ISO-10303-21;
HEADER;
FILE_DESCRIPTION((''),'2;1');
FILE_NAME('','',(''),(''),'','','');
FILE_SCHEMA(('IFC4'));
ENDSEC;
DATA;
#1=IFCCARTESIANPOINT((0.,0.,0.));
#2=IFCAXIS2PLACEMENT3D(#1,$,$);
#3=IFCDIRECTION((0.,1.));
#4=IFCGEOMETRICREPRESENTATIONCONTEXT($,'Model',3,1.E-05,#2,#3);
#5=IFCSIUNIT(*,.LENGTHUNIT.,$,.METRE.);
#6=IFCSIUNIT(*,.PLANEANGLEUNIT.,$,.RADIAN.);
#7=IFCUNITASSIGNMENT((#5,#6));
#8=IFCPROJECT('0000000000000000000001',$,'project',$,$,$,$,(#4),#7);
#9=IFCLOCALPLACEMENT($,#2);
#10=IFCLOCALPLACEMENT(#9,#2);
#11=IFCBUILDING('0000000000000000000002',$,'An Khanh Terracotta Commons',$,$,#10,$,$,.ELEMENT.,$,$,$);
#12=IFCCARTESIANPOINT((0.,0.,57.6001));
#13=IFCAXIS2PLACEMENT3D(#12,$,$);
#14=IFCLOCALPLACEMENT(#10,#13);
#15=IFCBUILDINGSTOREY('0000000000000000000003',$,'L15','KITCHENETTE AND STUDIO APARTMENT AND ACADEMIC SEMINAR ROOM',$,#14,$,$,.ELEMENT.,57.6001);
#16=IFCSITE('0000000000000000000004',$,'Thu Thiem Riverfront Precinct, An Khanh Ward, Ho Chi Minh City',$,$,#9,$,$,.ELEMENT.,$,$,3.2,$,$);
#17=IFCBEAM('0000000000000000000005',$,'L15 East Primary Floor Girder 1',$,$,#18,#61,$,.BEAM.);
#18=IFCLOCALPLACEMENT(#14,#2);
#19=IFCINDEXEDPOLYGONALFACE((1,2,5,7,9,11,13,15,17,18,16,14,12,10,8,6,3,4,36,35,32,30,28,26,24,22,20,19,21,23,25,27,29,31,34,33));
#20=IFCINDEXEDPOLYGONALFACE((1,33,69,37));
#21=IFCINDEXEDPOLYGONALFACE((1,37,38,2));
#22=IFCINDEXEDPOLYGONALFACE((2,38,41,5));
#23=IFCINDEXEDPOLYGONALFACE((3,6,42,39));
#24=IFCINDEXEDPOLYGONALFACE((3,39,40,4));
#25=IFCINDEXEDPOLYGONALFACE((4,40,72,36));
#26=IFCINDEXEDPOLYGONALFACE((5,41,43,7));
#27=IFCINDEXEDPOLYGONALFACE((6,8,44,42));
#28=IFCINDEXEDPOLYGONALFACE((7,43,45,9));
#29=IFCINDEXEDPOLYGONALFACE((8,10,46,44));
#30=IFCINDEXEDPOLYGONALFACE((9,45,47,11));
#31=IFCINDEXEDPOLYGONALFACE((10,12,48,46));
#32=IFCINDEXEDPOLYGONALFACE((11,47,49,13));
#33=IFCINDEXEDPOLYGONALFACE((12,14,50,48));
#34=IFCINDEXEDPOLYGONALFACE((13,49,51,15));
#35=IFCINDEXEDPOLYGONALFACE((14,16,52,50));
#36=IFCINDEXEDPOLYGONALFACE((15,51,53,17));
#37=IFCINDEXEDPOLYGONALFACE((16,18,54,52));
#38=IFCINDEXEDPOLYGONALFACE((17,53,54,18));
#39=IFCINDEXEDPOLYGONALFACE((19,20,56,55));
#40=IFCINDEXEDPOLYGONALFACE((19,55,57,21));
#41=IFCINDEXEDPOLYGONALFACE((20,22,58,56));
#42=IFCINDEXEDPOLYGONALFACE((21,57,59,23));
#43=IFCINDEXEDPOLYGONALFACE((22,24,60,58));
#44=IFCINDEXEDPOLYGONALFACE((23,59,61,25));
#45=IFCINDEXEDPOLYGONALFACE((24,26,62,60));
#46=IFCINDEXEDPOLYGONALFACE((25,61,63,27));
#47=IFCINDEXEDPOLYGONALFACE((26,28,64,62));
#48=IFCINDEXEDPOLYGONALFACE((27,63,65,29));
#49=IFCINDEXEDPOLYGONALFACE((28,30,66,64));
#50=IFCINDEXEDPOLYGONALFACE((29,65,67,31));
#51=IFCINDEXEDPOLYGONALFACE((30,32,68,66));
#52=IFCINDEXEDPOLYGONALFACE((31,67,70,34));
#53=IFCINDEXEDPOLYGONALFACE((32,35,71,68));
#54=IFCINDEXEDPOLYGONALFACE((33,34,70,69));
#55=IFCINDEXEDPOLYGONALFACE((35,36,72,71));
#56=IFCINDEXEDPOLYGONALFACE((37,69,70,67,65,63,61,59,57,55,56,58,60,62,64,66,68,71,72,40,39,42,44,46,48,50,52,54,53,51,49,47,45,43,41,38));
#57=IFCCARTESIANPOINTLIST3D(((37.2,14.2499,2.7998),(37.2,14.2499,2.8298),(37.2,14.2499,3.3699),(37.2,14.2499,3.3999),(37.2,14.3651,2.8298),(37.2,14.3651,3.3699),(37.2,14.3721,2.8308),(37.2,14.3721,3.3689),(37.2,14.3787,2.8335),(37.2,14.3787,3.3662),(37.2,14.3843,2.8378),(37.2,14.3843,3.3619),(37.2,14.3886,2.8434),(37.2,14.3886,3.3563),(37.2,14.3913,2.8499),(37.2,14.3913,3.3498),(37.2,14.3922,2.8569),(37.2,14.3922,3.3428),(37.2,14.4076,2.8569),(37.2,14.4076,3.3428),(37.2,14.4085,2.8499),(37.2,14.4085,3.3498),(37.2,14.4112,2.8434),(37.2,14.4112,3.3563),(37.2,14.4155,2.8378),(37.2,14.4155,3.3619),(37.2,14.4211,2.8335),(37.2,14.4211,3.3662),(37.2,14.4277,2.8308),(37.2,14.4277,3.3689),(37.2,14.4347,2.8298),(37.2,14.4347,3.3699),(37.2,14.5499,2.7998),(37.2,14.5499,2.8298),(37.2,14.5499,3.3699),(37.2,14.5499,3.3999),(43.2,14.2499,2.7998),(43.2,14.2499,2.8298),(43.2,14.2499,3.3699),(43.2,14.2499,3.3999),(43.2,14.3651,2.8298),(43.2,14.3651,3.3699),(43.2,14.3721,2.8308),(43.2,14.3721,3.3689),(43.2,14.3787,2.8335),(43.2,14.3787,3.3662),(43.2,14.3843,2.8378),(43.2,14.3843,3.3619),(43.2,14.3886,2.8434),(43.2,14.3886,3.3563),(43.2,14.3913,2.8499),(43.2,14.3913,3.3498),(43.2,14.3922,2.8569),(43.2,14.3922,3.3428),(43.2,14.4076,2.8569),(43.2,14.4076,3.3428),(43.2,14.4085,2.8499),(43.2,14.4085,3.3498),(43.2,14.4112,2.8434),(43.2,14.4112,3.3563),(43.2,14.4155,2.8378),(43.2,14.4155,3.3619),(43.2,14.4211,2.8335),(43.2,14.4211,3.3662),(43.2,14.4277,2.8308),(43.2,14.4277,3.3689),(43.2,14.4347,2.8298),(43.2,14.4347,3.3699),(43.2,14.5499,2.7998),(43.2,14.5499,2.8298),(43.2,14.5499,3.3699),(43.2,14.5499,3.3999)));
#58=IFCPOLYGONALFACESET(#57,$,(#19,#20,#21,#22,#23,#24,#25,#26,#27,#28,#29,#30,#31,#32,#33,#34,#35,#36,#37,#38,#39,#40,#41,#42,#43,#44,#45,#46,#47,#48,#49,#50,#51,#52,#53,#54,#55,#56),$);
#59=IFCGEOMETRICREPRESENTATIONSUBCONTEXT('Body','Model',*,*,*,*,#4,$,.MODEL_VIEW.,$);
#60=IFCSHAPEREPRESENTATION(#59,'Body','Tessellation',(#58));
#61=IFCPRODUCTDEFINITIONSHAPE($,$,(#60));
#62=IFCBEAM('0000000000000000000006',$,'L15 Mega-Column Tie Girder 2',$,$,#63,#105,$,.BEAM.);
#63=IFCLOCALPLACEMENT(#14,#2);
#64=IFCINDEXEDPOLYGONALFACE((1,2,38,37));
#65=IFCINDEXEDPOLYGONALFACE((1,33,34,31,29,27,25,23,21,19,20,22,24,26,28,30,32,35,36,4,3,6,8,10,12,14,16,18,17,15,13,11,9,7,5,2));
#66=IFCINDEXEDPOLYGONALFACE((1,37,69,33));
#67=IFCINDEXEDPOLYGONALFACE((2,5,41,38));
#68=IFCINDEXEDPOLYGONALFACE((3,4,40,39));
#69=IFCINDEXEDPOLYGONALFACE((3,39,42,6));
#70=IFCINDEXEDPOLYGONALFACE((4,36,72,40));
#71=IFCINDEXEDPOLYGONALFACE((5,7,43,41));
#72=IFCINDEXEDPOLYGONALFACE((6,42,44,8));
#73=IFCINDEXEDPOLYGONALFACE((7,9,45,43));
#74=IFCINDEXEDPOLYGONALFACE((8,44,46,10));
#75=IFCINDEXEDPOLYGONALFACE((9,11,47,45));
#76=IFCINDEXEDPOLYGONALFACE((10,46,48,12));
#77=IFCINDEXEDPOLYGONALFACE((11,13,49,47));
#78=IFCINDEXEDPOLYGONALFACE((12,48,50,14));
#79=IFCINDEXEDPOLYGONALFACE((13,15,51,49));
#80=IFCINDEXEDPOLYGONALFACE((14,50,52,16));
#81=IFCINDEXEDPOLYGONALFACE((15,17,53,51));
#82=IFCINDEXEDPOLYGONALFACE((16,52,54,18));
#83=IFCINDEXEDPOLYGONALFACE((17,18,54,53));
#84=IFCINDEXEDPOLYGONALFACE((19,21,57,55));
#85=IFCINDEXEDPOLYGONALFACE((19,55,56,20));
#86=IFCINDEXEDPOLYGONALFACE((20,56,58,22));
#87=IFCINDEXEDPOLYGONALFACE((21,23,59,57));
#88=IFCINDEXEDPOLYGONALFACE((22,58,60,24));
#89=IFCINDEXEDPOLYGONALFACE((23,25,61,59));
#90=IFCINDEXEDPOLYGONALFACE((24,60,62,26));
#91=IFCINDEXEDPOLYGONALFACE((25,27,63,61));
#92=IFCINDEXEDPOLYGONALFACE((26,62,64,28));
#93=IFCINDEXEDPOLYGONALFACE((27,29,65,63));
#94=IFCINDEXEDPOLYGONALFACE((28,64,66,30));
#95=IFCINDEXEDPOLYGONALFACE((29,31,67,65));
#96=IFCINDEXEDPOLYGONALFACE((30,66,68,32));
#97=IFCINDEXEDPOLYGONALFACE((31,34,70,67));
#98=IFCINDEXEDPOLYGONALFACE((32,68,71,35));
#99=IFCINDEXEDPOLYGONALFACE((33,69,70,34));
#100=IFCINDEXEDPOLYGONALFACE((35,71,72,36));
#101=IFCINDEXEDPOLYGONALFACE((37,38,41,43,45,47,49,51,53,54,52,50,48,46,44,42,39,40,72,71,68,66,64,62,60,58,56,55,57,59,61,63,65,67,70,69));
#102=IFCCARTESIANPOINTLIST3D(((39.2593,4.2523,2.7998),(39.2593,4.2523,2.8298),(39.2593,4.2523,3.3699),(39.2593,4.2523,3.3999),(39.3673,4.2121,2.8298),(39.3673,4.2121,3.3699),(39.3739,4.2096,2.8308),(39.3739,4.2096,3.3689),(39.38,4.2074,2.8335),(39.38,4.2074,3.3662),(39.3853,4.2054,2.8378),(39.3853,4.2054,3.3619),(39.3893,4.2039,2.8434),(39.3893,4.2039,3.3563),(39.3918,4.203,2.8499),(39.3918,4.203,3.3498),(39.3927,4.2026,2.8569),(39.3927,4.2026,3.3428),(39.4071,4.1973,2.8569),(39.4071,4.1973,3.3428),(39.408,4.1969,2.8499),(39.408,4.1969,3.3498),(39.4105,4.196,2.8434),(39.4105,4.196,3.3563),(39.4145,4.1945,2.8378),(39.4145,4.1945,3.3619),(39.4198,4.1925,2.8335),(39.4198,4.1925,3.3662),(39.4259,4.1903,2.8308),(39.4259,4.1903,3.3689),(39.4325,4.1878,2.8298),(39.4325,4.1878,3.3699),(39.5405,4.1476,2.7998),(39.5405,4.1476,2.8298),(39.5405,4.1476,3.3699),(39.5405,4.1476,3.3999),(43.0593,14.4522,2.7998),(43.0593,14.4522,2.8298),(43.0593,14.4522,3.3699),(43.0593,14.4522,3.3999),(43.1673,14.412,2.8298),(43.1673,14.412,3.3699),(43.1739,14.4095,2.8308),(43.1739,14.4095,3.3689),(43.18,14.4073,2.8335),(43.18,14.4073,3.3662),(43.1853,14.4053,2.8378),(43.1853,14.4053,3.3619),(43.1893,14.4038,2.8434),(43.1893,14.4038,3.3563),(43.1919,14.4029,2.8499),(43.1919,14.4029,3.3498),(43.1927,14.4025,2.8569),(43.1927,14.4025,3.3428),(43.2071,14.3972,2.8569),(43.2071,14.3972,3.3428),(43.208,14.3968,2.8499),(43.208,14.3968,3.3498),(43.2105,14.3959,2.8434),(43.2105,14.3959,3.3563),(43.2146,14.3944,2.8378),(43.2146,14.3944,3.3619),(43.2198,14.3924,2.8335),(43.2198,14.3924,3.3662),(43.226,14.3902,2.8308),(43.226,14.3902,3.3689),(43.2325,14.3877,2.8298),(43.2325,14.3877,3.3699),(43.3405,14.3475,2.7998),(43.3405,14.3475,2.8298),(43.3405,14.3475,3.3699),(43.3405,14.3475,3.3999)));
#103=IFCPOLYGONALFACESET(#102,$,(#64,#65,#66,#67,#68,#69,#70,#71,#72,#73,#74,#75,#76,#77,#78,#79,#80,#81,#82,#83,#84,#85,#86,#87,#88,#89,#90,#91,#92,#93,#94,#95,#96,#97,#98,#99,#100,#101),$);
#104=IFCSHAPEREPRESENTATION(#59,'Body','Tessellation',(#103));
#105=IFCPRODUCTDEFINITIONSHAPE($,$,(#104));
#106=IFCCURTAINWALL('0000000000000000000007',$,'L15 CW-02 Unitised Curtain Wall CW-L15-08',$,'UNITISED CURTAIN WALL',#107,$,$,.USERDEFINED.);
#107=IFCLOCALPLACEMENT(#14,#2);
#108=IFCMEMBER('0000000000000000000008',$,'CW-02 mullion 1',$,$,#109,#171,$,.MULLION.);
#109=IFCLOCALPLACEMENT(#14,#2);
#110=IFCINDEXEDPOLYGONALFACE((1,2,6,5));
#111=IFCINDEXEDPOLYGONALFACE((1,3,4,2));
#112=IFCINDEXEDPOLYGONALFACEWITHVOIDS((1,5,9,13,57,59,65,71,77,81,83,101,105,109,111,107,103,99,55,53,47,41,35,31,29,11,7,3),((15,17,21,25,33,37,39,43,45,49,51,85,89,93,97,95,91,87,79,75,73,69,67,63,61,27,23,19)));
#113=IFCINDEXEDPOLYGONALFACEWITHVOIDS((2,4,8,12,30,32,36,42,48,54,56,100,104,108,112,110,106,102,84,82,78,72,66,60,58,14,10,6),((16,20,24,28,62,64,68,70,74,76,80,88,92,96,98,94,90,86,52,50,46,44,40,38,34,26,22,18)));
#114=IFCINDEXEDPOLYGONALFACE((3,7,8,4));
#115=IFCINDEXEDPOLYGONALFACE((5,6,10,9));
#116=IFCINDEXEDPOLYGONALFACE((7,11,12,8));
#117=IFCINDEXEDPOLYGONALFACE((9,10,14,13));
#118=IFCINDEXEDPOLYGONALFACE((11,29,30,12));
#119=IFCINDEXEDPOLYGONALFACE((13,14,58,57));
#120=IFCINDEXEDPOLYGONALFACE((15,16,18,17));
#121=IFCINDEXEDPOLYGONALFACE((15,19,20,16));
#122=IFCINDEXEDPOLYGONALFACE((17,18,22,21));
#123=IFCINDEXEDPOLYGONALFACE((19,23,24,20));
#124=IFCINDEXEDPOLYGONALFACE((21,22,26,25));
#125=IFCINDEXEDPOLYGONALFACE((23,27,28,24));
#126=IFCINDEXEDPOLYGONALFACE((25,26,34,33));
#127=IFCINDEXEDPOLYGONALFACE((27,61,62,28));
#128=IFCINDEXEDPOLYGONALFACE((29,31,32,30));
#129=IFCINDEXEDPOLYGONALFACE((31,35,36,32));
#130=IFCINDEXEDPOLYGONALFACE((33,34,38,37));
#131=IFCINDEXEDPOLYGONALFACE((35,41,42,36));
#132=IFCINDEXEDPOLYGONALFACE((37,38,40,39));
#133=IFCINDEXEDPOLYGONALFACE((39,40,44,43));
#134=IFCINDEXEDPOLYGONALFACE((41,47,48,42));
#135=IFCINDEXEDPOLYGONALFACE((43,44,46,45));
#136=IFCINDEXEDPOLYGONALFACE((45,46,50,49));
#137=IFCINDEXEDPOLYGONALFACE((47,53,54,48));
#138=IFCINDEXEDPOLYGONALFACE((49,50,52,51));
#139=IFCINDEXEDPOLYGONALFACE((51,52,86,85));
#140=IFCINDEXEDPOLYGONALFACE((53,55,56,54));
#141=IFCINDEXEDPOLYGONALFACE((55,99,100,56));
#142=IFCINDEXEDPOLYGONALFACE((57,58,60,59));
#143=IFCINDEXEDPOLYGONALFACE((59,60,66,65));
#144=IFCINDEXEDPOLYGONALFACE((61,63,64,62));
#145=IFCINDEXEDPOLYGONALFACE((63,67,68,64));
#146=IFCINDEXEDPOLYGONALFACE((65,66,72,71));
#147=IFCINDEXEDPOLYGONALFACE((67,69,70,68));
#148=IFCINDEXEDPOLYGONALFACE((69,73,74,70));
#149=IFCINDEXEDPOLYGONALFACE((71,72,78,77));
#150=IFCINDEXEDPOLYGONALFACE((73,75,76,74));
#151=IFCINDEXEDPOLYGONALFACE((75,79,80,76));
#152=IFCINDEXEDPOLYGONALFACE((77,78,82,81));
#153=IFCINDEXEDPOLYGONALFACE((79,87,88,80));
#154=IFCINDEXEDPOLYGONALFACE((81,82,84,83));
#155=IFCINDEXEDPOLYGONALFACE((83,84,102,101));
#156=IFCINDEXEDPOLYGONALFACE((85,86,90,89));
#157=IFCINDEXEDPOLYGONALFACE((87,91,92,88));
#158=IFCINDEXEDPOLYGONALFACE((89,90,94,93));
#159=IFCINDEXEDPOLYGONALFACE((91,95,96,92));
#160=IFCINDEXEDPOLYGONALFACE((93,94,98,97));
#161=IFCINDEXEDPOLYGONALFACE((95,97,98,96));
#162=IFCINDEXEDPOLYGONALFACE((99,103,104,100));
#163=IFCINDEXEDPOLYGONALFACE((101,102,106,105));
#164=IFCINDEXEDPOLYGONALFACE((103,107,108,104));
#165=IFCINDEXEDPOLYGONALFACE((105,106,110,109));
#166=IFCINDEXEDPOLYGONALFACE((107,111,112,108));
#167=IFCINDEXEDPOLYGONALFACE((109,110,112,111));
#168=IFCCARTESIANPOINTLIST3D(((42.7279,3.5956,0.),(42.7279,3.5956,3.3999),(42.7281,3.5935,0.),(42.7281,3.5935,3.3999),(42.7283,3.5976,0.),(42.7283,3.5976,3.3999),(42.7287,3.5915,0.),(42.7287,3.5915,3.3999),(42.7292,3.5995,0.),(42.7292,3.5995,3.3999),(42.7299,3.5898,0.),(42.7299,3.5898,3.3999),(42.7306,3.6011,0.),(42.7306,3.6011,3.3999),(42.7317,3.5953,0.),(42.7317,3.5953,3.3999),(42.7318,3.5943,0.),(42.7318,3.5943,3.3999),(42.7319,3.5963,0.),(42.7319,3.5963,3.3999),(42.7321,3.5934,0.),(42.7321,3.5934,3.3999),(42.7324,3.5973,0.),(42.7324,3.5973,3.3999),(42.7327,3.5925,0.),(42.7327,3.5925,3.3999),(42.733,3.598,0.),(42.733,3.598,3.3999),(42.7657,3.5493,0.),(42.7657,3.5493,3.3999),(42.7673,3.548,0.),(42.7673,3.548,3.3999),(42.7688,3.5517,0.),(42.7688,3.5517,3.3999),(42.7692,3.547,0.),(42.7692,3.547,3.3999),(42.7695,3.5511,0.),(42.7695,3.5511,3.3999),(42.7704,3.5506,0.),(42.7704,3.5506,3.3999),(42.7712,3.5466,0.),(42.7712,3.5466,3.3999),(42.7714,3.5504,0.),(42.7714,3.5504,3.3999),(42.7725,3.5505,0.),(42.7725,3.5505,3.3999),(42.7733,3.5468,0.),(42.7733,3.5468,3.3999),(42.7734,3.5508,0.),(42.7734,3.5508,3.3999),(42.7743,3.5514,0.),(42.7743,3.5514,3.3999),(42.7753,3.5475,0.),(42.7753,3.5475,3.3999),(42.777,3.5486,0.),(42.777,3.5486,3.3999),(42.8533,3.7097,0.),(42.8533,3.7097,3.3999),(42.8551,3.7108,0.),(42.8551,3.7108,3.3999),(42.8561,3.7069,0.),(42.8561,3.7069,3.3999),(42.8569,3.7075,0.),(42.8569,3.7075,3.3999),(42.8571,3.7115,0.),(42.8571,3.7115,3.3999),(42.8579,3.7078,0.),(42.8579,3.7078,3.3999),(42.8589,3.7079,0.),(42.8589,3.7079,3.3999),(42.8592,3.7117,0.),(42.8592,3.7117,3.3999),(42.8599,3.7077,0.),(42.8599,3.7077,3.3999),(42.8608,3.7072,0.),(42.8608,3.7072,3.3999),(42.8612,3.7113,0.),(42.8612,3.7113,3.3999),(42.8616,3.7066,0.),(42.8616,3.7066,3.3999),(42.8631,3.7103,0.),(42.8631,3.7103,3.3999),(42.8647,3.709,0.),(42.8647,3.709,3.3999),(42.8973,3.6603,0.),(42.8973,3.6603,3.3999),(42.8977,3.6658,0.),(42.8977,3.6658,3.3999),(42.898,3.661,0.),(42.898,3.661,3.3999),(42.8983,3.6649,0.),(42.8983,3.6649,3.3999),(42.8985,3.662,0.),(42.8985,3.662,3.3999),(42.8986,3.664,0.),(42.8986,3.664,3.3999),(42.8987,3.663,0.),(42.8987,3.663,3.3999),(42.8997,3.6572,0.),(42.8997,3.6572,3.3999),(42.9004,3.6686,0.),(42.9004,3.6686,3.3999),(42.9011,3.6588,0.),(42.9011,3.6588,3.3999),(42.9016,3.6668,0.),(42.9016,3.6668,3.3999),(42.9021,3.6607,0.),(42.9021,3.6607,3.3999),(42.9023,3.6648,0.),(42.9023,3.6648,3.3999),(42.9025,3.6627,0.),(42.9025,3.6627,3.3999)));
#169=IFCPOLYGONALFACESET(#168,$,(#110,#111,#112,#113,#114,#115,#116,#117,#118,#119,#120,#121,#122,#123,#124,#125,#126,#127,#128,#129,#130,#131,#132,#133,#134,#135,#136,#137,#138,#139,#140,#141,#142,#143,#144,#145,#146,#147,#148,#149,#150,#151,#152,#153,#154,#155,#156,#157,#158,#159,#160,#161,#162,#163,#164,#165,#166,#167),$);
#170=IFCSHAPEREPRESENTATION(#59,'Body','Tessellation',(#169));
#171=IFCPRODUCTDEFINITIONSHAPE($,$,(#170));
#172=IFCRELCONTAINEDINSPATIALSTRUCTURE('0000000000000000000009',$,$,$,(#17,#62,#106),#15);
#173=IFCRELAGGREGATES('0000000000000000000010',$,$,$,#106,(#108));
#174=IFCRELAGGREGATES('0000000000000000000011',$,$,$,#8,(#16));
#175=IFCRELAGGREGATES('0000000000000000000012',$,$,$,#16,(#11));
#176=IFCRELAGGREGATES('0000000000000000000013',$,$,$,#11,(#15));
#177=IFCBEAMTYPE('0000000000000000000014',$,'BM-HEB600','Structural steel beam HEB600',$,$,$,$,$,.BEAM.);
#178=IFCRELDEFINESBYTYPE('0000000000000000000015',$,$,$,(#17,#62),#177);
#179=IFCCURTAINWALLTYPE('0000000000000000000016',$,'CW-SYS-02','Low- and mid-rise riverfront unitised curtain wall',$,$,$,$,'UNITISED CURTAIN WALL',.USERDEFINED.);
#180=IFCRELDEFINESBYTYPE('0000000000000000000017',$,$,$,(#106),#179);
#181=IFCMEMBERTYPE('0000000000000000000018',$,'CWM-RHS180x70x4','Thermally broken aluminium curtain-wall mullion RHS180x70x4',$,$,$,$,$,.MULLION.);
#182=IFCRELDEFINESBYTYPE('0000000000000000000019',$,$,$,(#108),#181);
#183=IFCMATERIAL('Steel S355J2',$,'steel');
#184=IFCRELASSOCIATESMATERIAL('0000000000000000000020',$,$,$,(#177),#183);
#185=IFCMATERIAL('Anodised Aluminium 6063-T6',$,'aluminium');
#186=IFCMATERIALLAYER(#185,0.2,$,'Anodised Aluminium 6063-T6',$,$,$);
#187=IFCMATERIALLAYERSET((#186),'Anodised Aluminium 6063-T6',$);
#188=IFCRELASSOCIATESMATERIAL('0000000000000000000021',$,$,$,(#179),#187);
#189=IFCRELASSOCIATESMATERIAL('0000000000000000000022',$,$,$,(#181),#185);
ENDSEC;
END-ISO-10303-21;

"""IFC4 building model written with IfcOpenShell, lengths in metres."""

from ifc_helpers import new_model, si_unit, direction, frame, origin, origin_2d, place, context, subcontext, project, spatial, hollow_rectangle, i_section, extrude, material, layer, layer_set, material_profile, profile_set, type_object, element, aggregate, save


model = new_model("IFC4")

# Units and contexts
model_context = context("Model", 3, precision=1e-05, world=origin(), true_north=direction((0.0, 1.0)))
body_context = subcontext(model_context, "Body", "Model", "MODEL_VIEW")
ifc_project = project(units=[si_unit("LENGTHUNIT", "METRE"), si_unit("PLANEANGLEUNIT", "RADIAN")], contexts=[model_context])

# Site, building, storey
site_placement = place(None, origin())
site = spatial("IfcSite", under=ifc_project, at=site_placement, Name="Thu Thiem Riverfront Precinct, An Khanh Ward, Ho Chi Minh City", CompositionType="ELEMENT", RefElevation=3.2)
building_placement = place(site_placement, origin())
building = spatial("IfcBuilding", under=site, at=building_placement, Name="An Khanh Terracotta Commons", CompositionType="ELEMENT")
storey_placement = place(building_placement, frame((0.0, 0.0, 57.6001)))
storey = spatial("IfcBuildingStorey", under=building, at=storey_placement, Name="L15", Description="KITCHENETTE AND STUDIO APARTMENT AND ACADEMIC SEMINAR ROOM", CompositionType="ELEMENT", Elevation=57.6001)

# Beams
ifc_material_1 = material(Name="Steel S355J2", Category="steel")
ifc_material_profile_1 = material_profile(ifc_material_1, i_section(OverallWidth=0.3, OverallDepth=0.6001, WebThickness=0.0154, FlangeThickness=0.03, FilletRadius=0.0271, at=origin_2d()), Name="HEB600")
ifc_profile_set_1 = profile_set([ifc_material_profile_1], Name="Steel S355J2")
beam_type_1 = type_object("IfcBeamType", Name="BM-HEB600", Description="Structural steel beam HEB600", PredefinedType="BEAM", material=ifc_profile_set_1)
beam_1_placement = place(storey_placement, frame((37.2, 14.3999, 3.0999), z_axis=(1.0, 0.0, 0.0), x_axis=(0.0, 1.0, 0.0)))
element("IfcBeam", 1, at=beam_1_placement, inside=storey, type_object=beam_type_1, Name="L15 East Primary Floor Girder 1", PredefinedType="BEAM", context=body_context, shape_type="SweptSolid", body=[
    extrude(i_section(OverallWidth=0.3, OverallDepth=0.6001, WebThickness=0.0154, FlangeThickness=0.03, FilletRadius=0.0271, at=origin_2d()), origin(), (0.0, 0.0, 1.0), 6.0),
])
beam_2_placement = place(storey_placement, frame((39.3999, 4.2, 3.0999), z_axis=(0.349114, 0.93708, 0.0), x_axis=(-0.93708, 0.349114, 0.0)))
element("IfcBeam", 2, at=beam_2_placement, inside=storey, type_object=beam_type_1, Name="L15 Mega-Column Tie Girder 2", PredefinedType="BEAM", context=body_context, shape_type="SweptSolid", body=[
    extrude(i_section(OverallWidth=0.3, OverallDepth=0.6001, WebThickness=0.0154, FlangeThickness=0.03, FilletRadius=0.0271, at=origin_2d()), origin(), (0.0, 0.0, 1.0), 10.8848),
])

# Curtain wall, member
ifc_material_2 = material(Name="Anodised Aluminium 6063-T6", Category="aluminium")
ifc_layer_1 = layer(ifc_material_2, 0.2, Name="Anodised Aluminium 6063-T6")
ifc_layer_set_1 = layer_set([ifc_layer_1], Name="Anodised Aluminium 6063-T6")
curtain_wall_type = type_object("IfcCurtainWallType", Name="CW-SYS-02", Description="Low- and mid-rise riverfront unitised curtain wall", ElementType="UNITISED CURTAIN WALL", PredefinedType="USERDEFINED", material=ifc_layer_set_1)
curtain_wall_placement = place(storey_placement, origin())
curtain_wall = element("IfcCurtainWall", 3, at=curtain_wall_placement, inside=storey, type_object=curtain_wall_type, Name="L15 CW-02 Unitised Curtain Wall CW-L15-08", ObjectType="UNITISED CURTAIN WALL", PredefinedType="USERDEFINED")
ifc_material_profile_2 = material_profile(ifc_material_2, hollow_rectangle(XDim=0.0701, YDim=0.1799, WallThickness=0.0039, InnerFilletRadius=0.0039, OuterFilletRadius=0.0081, at=origin_2d()), Name="RHS180x70x4")
ifc_profile_set_2 = profile_set([ifc_material_profile_2], Name="Anodised Aluminium 6063-T6")
member_type_1 = type_object("IfcMemberType", Name="CWM-RHS180x70x4", Description="Thermally broken aluminium curtain-wall mullion RHS180x70x4", PredefinedType="MULLION", material=ifc_profile_set_2)
member_1_placement = place(storey_placement, frame((42.8152, 3.6292, 0.0), z_axis=(0.0, 0.0, 1.0), x_axis=(-0.662548, 0.749019, 0.0)))
member_1 = element("IfcMember", 4, at=member_1_placement, type_object=member_type_1, Name="CW-02 mullion 1", PredefinedType="MULLION", context=body_context, shape_type="SweptSolid", body=[
    extrude(hollow_rectangle(XDim=0.0701, YDim=0.1799, WallThickness=0.0039, InnerFilletRadius=0.0039, OuterFilletRadius=0.0081, at=origin_2d()), origin(), (0.0, 0.0, 1.0), 3.3999),
])
aggregate(curtain_wall, [member_1])

save(model, "model.ifc")
